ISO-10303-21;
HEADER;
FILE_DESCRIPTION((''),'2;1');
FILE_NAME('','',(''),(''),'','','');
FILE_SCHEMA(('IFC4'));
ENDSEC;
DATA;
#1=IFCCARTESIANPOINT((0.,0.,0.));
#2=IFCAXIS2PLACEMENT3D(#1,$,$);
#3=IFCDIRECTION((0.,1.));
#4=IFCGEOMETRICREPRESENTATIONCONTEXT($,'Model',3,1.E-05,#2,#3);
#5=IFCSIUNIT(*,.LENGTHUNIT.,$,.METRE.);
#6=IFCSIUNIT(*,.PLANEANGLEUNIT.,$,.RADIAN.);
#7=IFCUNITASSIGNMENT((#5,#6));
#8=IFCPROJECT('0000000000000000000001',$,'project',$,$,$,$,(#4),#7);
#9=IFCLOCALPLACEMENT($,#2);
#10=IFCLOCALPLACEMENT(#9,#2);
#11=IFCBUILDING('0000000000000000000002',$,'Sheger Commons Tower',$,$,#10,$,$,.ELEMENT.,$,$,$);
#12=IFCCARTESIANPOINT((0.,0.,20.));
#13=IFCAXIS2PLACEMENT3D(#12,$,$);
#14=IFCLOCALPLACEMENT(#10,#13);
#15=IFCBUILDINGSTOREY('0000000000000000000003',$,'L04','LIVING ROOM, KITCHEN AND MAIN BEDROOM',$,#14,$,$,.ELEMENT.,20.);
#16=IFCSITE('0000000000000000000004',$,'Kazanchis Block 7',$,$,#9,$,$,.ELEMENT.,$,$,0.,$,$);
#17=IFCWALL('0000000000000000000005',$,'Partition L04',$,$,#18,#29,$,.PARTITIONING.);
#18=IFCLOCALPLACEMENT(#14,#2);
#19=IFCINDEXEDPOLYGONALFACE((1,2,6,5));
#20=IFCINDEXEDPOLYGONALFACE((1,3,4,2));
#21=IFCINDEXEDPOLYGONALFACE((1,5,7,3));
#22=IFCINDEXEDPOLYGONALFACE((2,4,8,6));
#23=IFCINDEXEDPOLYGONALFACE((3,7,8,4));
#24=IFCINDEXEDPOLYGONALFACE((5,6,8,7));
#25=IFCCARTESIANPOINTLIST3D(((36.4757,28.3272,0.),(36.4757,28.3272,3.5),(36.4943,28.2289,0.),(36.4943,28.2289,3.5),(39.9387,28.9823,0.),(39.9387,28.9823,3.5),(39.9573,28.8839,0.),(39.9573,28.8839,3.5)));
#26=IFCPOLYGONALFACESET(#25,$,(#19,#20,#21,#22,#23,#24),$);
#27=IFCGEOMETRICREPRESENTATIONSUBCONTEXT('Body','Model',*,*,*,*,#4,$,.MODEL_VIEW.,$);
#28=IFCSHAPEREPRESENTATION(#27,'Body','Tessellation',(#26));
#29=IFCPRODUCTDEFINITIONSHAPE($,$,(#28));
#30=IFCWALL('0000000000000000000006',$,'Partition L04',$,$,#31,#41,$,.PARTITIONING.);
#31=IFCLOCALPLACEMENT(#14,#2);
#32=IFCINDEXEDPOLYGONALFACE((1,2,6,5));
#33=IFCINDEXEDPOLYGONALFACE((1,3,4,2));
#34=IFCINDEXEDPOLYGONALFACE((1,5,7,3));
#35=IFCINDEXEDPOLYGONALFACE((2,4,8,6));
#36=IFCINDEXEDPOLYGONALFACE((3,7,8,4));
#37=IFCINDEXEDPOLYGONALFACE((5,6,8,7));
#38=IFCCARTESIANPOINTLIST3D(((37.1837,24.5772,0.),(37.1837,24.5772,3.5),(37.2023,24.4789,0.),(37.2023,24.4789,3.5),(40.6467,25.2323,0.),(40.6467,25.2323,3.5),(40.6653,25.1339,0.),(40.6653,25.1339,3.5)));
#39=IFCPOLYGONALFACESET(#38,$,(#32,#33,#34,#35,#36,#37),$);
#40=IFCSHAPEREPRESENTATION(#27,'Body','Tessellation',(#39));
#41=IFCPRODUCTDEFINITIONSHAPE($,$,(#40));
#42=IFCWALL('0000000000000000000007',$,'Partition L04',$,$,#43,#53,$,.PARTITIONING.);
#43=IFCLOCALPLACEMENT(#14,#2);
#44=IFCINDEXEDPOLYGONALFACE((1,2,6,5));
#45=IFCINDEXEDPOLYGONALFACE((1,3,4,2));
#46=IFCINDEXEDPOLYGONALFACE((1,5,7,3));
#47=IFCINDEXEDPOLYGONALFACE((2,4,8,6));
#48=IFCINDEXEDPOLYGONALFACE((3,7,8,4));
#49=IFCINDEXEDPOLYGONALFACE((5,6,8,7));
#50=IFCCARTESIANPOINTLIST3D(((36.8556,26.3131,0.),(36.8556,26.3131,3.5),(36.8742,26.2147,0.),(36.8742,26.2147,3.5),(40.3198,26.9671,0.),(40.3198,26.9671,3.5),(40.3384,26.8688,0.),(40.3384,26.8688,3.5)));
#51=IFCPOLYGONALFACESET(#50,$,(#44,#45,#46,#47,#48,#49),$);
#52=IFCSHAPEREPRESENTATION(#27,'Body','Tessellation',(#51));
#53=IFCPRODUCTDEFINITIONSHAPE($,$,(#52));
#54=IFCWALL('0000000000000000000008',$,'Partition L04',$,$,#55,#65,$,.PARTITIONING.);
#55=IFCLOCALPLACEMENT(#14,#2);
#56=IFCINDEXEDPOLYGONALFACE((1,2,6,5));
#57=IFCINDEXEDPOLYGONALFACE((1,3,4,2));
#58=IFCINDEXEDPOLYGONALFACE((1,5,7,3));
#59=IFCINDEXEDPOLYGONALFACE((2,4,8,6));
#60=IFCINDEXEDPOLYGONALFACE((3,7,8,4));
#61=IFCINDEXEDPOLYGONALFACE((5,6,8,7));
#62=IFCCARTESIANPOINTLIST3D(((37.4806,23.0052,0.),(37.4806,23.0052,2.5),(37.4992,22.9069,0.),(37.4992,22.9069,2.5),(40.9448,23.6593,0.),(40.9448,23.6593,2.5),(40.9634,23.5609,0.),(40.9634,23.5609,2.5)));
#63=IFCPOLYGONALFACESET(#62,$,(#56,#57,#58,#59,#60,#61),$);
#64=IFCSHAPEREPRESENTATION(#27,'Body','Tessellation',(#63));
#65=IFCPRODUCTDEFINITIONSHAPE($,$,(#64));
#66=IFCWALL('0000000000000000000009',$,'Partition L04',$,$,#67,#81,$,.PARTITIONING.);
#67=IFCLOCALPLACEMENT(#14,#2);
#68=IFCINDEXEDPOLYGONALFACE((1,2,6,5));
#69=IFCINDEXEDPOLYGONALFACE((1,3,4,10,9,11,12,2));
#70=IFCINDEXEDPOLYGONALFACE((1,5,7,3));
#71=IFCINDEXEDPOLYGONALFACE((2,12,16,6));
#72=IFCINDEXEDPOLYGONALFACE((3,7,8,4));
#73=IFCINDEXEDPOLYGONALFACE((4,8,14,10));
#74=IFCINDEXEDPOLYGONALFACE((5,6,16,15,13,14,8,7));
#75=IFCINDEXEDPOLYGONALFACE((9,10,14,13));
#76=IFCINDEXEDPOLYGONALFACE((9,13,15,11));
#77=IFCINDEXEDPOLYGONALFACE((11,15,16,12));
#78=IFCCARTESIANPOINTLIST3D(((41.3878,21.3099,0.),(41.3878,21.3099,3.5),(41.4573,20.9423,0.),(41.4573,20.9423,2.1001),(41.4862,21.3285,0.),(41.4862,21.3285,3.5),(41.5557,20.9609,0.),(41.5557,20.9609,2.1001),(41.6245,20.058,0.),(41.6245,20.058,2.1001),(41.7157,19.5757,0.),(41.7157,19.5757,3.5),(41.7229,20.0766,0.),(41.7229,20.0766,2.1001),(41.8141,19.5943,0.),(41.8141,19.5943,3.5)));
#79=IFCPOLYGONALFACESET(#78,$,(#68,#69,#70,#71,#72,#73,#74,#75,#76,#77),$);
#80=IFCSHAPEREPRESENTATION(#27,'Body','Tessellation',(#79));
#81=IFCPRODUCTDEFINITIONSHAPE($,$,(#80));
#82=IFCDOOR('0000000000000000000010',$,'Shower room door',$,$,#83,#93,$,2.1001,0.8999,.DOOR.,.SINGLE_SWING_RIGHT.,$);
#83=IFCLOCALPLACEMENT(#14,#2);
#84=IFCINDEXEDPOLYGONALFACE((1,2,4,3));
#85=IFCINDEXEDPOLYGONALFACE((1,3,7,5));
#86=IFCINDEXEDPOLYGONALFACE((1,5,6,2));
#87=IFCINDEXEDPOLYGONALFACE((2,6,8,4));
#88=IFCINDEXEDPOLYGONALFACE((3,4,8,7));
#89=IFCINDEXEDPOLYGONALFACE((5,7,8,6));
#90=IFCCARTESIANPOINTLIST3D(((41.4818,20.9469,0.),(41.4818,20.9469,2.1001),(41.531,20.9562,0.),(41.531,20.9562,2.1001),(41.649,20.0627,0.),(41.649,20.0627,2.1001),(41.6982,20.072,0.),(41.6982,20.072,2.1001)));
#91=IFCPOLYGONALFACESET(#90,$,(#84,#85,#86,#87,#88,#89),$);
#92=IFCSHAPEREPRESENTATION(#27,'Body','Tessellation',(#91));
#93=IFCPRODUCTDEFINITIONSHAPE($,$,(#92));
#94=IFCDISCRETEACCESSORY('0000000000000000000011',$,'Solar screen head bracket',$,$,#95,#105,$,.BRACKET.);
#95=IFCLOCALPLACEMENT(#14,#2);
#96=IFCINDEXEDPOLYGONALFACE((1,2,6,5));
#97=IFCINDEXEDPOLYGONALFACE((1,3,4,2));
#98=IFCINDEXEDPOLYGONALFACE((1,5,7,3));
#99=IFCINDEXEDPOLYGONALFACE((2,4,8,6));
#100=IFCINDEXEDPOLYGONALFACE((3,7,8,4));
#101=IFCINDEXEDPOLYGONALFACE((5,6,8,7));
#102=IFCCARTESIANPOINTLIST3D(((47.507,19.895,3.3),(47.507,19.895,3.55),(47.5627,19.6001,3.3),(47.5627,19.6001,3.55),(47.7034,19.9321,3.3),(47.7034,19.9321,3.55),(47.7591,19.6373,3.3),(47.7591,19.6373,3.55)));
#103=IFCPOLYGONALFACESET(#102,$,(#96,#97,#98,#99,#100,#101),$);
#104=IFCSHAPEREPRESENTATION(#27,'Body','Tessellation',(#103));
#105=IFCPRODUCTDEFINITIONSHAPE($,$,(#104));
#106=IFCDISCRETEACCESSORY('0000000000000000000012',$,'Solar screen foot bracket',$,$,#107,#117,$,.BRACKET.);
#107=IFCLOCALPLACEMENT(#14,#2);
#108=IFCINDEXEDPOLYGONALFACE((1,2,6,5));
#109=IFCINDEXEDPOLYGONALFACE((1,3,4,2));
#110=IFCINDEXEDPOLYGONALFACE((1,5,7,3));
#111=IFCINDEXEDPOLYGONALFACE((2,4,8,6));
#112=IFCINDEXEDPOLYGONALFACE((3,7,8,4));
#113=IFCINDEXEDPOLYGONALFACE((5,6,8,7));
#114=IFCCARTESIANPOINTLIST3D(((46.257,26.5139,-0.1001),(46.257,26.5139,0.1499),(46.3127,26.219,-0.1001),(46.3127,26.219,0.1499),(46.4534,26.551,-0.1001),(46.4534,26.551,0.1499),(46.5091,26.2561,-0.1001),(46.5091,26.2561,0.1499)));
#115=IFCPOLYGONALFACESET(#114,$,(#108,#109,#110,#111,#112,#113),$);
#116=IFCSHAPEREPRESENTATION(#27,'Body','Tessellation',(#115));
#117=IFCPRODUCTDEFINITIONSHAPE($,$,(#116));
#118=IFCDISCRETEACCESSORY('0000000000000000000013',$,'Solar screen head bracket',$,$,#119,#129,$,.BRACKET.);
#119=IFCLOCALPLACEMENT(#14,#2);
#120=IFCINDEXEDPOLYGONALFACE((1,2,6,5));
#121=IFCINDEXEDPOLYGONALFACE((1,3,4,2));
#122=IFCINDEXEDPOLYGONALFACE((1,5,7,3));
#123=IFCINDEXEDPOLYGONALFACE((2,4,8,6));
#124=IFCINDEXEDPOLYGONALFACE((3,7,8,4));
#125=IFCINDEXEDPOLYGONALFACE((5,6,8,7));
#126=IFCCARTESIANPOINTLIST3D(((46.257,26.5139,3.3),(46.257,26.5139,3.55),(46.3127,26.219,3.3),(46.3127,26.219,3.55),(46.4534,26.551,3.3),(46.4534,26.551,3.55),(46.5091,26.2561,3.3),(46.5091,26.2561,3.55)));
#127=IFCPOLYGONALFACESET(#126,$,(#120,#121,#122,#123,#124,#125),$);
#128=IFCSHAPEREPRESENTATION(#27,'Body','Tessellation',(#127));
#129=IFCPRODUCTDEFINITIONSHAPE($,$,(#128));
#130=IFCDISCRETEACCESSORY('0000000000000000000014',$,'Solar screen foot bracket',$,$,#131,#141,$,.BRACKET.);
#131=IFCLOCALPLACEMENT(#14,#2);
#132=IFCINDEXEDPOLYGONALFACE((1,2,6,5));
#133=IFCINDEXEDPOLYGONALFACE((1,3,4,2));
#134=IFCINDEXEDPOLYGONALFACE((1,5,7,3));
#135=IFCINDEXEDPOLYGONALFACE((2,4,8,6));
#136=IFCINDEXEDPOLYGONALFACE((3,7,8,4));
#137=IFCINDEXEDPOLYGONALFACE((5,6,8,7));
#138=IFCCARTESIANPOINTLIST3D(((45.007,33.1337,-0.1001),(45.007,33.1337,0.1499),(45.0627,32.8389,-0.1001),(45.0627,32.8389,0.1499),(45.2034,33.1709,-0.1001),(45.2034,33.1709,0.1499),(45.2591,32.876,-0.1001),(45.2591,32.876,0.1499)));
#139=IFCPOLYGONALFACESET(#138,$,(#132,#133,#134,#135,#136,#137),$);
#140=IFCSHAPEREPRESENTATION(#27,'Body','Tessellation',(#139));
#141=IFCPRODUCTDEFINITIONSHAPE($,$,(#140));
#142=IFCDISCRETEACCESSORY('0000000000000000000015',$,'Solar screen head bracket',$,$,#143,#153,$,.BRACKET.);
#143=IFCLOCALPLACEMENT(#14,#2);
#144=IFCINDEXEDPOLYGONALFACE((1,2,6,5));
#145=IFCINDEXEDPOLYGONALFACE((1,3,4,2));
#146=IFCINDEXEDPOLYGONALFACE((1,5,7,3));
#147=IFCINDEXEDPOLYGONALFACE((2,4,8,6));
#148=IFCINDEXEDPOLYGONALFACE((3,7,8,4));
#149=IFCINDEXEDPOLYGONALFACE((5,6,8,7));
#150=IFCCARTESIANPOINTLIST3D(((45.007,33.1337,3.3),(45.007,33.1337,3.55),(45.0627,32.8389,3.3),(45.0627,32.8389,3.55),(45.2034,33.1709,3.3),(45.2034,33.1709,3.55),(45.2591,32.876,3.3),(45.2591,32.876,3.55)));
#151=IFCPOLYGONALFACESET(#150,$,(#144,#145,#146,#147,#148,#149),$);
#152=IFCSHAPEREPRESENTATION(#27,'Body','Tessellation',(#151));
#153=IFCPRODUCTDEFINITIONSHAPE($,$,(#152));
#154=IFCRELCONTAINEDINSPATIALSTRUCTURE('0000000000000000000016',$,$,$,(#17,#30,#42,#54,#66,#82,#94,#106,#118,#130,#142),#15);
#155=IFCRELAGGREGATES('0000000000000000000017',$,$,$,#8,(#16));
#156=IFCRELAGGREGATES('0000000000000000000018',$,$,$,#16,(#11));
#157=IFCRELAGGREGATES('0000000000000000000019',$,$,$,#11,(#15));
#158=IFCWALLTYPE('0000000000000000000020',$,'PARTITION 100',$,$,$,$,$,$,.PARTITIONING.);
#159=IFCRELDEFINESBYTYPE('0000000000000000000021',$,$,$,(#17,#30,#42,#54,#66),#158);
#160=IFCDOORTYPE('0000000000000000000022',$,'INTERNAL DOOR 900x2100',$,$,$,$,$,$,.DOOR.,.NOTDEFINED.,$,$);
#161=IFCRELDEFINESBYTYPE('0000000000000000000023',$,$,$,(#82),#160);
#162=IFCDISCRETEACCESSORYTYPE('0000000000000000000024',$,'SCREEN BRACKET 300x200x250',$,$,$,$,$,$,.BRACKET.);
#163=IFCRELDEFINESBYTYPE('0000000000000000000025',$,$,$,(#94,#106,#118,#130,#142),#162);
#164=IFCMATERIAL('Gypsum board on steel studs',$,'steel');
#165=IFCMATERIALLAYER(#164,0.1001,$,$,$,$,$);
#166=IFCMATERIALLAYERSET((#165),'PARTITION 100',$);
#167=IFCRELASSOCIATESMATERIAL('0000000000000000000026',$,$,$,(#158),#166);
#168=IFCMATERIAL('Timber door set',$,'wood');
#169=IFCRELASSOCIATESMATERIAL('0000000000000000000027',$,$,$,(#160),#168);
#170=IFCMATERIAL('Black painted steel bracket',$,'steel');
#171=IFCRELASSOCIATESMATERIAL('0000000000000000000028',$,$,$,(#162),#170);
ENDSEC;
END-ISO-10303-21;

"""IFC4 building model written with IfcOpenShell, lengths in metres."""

from ifc_helpers import new_model, si_unit, direction, frame, frame_2d, origin, origin_2d, place, context, subcontext, project, spatial, rectangle, extrude, material, layer, layer_set, type_object, element, fill, save


model = new_model("IFC4")

# Units and contexts
model_context = context("Model", 3, precision=1e-05, world=origin(), true_north=direction((0.0, 1.0)))
body_context = subcontext(model_context, "Body", "Model", "MODEL_VIEW")
ifc_project = project(units=[si_unit("LENGTHUNIT", "METRE"), si_unit("PLANEANGLEUNIT", "RADIAN")], contexts=[model_context])

# Site, building, storey
site_placement = place(None, origin())
site = spatial("IfcSite", under=ifc_project, at=site_placement, Name="Kazanchis Block 7", CompositionType="ELEMENT", RefElevation=0.0)
building_placement = place(site_placement, origin())
building = spatial("IfcBuilding", under=site, at=building_placement, Name="Sheger Commons Tower", CompositionType="ELEMENT")
storey_placement = place(building_placement, frame((0.0, 0.0, 20.0)))
storey = spatial("IfcBuildingStorey", under=building, at=storey_placement, Name="L04", Description="LIVING ROOM, KITCHEN AND MAIN BEDROOM", CompositionType="ELEMENT", Elevation=20.0)

# Shared definitions
ifc_material_1 = material(Name="Gypsum board on steel studs", Category="steel")
ifc_layer_1 = layer(ifc_material_1, 0.1001)
ifc_layer_set_1 = layer_set([ifc_layer_1], Name="PARTITION 100")
wall_type_1 = type_object("IfcWallType", Name="PARTITION 100", PredefinedType="PARTITIONING", material=ifc_layer_set_1)
ifc_material_2 = material(Name="Timber door set", Category="wood")
door_type = type_object("IfcDoorType", Name="INTERNAL DOOR 900x2100", OperationType="NOTDEFINED", PredefinedType="DOOR", material=ifc_material_2)

# Walls
for number, where, z_axis, x_axis, name in (
    (1, (39.948, 28.9331, 0.0), (0.0, 0.0, 1.0), (-0.982576, -0.185861, 0.0), "Partition L04"),
    (2, (40.656, 25.1831, 0.0), (0.0, 0.0, 1.0), (-0.982576, -0.185861, 0.0), "Partition L04"),
):
    element("IfcWall", number, at=place(storey_placement, frame(where, z_axis=z_axis, x_axis=x_axis)), inside=storey, type_object=wall_type_1, Name=name, PredefinedType="PARTITIONING", context=body_context, shape_type="SweptSolid", body=[
        extrude(rectangle(XDim=3.5244, YDim=0.1001, at=frame_2d((1.7622, 0.0))), origin(), (0.0, 0.0, 1.0), 3.5),
    ])
wall_1_placement = place(storey_placement, frame((40.3291, 26.918, 0.0), z_axis=(0.0, 0.0, 1.0), x_axis=(-0.982639, -0.18553, 0.0)))
element("IfcWall", 3, at=wall_1_placement, inside=storey, type_object=wall_type_1, Name="Partition L04", PredefinedType="PARTITIONING", context=body_context, shape_type="SweptSolid", body=[
    extrude(rectangle(XDim=3.5254, YDim=0.1001, at=frame_2d((1.7627, 0.0))), origin(), (0.0, 0.0, 1.0), 3.5),
])
wall_2_placement = place(storey_placement, frame((40.9541, 23.6101, 0.0), z_axis=(0.0, 0.0, 1.0), x_axis=(-0.982639, -0.18553, 0.0)))
element("IfcWall", 4, at=wall_2_placement, inside=storey, type_object=wall_type_1, Name="Partition L04", PredefinedType="PARTITIONING", context=body_context, shape_type="SweptSolid", body=[
    extrude(rectangle(XDim=3.5254, YDim=0.1001, at=frame_2d((1.7627, 0.0))), origin(), (0.0, 0.0, 1.0), 2.5),
])

# Wall, opening, door
wall_3_placement = place(storey_placement, frame((41.437, 21.3191, 0.0), z_axis=(0.0, 0.0, 1.0), x_axis=(0.185783, -0.982591, 0.0)))
wall_3 = element("IfcWall", 5, at=wall_3_placement, inside=storey, type_object=wall_type_1, Name="Partition L04", PredefinedType="PARTITIONING", context=body_context, shape_type="SweptSolid", body=[
    extrude(rectangle(XDim=1.7649, YDim=0.1001, at=frame_2d((0.8823, 0.0))), origin(), (0.0, 0.0, 1.0), 3.5),
])
opening_1_placement = place(wall_3_placement, frame((0.374, 0.0, 0.0)))
opening_1 = element("IfcOpeningElement", 6, at=opening_1_placement, cuts=wall_3, PredefinedType="OPENING", context=body_context, shape_type="SweptSolid", body=[
    extrude(rectangle(XDim=0.8999, YDim=2.1001, at=frame_2d((0.45, 1.05))), frame((0.0, 0.0601, 0.0), z_axis=(0.0, -1.0, 0.0), x_axis=(1.0, 0.0, 0.0)), (0.0, 0.0, 1.0), 0.1201),
])
door_1_placement = place(opening_1_placement, origin())
door_1 = element("IfcDoor", 7, at=door_1_placement, inside=storey, type_object=door_type, Name="Shower room door", OperationType="SINGLE_SWING_RIGHT", OverallHeight=2.1001, OverallWidth=0.8999, PredefinedType="DOOR", context=body_context, shape_type="SweptSolid", body=[
    extrude(rectangle(XDim=0.8999, YDim=2.1001, at=frame_2d((0.45, 1.05))), frame((0.0, 0.0249, 0.0), z_axis=(0.0, -1.0, 0.0), x_axis=(1.0, 0.0, 0.0)), (0.0, 0.0, 1.0), 0.05),
])
fill(opening_1, door_1)

# Discrete accessories
ifc_material_3 = material(Name="Black painted steel bracket", Category="steel")
discrete_accessory_type = type_object("IfcDiscreteAccessoryType", Name="SCREEN BRACKET 300x200x250", PredefinedType="BRACKET", material=ifc_material_3)
for number, where, z_axis, x_axis, name in (
    (8, (47.6331, 19.7661, 3.3), (0.0, 0.0, 1.0), (-0.185615, 0.982623, 0.0), "Solar screen head bracket"),
    (9, (46.3831, 26.385, -0.1001), (0.0, 0.0, 1.0), (-0.185615, 0.982623, 0.0), "Solar screen foot bracket"),
    (10, (46.3831, 26.385, 3.3), (0.0, 0.0, 1.0), (-0.185615, 0.982623, 0.0), "Solar screen head bracket"),
    (11, (45.1331, 33.0049, -0.1001), (0.0, 0.0, 1.0), (-0.185615, 0.982623, 0.0), "Solar screen foot bracket"),
    (12, (45.1331, 33.0049, 3.3), (0.0, 0.0, 1.0), (-0.185615, 0.982623, 0.0), "Solar screen head bracket"),
):
    element("IfcDiscreteAccessory", number, at=place(storey_placement, frame(where, z_axis=z_axis, x_axis=x_axis)), inside=storey, type_object=discrete_accessory_type, Name=name, PredefinedType="BRACKET", context=body_context, shape_type="SweptSolid", body=[
        extrude(rectangle(XDim=0.3, YDim=0.2, at=origin_2d()), origin(), (0.0, 0.0, 1.0), 0.25),
    ])

save(model, "model.ifc")
